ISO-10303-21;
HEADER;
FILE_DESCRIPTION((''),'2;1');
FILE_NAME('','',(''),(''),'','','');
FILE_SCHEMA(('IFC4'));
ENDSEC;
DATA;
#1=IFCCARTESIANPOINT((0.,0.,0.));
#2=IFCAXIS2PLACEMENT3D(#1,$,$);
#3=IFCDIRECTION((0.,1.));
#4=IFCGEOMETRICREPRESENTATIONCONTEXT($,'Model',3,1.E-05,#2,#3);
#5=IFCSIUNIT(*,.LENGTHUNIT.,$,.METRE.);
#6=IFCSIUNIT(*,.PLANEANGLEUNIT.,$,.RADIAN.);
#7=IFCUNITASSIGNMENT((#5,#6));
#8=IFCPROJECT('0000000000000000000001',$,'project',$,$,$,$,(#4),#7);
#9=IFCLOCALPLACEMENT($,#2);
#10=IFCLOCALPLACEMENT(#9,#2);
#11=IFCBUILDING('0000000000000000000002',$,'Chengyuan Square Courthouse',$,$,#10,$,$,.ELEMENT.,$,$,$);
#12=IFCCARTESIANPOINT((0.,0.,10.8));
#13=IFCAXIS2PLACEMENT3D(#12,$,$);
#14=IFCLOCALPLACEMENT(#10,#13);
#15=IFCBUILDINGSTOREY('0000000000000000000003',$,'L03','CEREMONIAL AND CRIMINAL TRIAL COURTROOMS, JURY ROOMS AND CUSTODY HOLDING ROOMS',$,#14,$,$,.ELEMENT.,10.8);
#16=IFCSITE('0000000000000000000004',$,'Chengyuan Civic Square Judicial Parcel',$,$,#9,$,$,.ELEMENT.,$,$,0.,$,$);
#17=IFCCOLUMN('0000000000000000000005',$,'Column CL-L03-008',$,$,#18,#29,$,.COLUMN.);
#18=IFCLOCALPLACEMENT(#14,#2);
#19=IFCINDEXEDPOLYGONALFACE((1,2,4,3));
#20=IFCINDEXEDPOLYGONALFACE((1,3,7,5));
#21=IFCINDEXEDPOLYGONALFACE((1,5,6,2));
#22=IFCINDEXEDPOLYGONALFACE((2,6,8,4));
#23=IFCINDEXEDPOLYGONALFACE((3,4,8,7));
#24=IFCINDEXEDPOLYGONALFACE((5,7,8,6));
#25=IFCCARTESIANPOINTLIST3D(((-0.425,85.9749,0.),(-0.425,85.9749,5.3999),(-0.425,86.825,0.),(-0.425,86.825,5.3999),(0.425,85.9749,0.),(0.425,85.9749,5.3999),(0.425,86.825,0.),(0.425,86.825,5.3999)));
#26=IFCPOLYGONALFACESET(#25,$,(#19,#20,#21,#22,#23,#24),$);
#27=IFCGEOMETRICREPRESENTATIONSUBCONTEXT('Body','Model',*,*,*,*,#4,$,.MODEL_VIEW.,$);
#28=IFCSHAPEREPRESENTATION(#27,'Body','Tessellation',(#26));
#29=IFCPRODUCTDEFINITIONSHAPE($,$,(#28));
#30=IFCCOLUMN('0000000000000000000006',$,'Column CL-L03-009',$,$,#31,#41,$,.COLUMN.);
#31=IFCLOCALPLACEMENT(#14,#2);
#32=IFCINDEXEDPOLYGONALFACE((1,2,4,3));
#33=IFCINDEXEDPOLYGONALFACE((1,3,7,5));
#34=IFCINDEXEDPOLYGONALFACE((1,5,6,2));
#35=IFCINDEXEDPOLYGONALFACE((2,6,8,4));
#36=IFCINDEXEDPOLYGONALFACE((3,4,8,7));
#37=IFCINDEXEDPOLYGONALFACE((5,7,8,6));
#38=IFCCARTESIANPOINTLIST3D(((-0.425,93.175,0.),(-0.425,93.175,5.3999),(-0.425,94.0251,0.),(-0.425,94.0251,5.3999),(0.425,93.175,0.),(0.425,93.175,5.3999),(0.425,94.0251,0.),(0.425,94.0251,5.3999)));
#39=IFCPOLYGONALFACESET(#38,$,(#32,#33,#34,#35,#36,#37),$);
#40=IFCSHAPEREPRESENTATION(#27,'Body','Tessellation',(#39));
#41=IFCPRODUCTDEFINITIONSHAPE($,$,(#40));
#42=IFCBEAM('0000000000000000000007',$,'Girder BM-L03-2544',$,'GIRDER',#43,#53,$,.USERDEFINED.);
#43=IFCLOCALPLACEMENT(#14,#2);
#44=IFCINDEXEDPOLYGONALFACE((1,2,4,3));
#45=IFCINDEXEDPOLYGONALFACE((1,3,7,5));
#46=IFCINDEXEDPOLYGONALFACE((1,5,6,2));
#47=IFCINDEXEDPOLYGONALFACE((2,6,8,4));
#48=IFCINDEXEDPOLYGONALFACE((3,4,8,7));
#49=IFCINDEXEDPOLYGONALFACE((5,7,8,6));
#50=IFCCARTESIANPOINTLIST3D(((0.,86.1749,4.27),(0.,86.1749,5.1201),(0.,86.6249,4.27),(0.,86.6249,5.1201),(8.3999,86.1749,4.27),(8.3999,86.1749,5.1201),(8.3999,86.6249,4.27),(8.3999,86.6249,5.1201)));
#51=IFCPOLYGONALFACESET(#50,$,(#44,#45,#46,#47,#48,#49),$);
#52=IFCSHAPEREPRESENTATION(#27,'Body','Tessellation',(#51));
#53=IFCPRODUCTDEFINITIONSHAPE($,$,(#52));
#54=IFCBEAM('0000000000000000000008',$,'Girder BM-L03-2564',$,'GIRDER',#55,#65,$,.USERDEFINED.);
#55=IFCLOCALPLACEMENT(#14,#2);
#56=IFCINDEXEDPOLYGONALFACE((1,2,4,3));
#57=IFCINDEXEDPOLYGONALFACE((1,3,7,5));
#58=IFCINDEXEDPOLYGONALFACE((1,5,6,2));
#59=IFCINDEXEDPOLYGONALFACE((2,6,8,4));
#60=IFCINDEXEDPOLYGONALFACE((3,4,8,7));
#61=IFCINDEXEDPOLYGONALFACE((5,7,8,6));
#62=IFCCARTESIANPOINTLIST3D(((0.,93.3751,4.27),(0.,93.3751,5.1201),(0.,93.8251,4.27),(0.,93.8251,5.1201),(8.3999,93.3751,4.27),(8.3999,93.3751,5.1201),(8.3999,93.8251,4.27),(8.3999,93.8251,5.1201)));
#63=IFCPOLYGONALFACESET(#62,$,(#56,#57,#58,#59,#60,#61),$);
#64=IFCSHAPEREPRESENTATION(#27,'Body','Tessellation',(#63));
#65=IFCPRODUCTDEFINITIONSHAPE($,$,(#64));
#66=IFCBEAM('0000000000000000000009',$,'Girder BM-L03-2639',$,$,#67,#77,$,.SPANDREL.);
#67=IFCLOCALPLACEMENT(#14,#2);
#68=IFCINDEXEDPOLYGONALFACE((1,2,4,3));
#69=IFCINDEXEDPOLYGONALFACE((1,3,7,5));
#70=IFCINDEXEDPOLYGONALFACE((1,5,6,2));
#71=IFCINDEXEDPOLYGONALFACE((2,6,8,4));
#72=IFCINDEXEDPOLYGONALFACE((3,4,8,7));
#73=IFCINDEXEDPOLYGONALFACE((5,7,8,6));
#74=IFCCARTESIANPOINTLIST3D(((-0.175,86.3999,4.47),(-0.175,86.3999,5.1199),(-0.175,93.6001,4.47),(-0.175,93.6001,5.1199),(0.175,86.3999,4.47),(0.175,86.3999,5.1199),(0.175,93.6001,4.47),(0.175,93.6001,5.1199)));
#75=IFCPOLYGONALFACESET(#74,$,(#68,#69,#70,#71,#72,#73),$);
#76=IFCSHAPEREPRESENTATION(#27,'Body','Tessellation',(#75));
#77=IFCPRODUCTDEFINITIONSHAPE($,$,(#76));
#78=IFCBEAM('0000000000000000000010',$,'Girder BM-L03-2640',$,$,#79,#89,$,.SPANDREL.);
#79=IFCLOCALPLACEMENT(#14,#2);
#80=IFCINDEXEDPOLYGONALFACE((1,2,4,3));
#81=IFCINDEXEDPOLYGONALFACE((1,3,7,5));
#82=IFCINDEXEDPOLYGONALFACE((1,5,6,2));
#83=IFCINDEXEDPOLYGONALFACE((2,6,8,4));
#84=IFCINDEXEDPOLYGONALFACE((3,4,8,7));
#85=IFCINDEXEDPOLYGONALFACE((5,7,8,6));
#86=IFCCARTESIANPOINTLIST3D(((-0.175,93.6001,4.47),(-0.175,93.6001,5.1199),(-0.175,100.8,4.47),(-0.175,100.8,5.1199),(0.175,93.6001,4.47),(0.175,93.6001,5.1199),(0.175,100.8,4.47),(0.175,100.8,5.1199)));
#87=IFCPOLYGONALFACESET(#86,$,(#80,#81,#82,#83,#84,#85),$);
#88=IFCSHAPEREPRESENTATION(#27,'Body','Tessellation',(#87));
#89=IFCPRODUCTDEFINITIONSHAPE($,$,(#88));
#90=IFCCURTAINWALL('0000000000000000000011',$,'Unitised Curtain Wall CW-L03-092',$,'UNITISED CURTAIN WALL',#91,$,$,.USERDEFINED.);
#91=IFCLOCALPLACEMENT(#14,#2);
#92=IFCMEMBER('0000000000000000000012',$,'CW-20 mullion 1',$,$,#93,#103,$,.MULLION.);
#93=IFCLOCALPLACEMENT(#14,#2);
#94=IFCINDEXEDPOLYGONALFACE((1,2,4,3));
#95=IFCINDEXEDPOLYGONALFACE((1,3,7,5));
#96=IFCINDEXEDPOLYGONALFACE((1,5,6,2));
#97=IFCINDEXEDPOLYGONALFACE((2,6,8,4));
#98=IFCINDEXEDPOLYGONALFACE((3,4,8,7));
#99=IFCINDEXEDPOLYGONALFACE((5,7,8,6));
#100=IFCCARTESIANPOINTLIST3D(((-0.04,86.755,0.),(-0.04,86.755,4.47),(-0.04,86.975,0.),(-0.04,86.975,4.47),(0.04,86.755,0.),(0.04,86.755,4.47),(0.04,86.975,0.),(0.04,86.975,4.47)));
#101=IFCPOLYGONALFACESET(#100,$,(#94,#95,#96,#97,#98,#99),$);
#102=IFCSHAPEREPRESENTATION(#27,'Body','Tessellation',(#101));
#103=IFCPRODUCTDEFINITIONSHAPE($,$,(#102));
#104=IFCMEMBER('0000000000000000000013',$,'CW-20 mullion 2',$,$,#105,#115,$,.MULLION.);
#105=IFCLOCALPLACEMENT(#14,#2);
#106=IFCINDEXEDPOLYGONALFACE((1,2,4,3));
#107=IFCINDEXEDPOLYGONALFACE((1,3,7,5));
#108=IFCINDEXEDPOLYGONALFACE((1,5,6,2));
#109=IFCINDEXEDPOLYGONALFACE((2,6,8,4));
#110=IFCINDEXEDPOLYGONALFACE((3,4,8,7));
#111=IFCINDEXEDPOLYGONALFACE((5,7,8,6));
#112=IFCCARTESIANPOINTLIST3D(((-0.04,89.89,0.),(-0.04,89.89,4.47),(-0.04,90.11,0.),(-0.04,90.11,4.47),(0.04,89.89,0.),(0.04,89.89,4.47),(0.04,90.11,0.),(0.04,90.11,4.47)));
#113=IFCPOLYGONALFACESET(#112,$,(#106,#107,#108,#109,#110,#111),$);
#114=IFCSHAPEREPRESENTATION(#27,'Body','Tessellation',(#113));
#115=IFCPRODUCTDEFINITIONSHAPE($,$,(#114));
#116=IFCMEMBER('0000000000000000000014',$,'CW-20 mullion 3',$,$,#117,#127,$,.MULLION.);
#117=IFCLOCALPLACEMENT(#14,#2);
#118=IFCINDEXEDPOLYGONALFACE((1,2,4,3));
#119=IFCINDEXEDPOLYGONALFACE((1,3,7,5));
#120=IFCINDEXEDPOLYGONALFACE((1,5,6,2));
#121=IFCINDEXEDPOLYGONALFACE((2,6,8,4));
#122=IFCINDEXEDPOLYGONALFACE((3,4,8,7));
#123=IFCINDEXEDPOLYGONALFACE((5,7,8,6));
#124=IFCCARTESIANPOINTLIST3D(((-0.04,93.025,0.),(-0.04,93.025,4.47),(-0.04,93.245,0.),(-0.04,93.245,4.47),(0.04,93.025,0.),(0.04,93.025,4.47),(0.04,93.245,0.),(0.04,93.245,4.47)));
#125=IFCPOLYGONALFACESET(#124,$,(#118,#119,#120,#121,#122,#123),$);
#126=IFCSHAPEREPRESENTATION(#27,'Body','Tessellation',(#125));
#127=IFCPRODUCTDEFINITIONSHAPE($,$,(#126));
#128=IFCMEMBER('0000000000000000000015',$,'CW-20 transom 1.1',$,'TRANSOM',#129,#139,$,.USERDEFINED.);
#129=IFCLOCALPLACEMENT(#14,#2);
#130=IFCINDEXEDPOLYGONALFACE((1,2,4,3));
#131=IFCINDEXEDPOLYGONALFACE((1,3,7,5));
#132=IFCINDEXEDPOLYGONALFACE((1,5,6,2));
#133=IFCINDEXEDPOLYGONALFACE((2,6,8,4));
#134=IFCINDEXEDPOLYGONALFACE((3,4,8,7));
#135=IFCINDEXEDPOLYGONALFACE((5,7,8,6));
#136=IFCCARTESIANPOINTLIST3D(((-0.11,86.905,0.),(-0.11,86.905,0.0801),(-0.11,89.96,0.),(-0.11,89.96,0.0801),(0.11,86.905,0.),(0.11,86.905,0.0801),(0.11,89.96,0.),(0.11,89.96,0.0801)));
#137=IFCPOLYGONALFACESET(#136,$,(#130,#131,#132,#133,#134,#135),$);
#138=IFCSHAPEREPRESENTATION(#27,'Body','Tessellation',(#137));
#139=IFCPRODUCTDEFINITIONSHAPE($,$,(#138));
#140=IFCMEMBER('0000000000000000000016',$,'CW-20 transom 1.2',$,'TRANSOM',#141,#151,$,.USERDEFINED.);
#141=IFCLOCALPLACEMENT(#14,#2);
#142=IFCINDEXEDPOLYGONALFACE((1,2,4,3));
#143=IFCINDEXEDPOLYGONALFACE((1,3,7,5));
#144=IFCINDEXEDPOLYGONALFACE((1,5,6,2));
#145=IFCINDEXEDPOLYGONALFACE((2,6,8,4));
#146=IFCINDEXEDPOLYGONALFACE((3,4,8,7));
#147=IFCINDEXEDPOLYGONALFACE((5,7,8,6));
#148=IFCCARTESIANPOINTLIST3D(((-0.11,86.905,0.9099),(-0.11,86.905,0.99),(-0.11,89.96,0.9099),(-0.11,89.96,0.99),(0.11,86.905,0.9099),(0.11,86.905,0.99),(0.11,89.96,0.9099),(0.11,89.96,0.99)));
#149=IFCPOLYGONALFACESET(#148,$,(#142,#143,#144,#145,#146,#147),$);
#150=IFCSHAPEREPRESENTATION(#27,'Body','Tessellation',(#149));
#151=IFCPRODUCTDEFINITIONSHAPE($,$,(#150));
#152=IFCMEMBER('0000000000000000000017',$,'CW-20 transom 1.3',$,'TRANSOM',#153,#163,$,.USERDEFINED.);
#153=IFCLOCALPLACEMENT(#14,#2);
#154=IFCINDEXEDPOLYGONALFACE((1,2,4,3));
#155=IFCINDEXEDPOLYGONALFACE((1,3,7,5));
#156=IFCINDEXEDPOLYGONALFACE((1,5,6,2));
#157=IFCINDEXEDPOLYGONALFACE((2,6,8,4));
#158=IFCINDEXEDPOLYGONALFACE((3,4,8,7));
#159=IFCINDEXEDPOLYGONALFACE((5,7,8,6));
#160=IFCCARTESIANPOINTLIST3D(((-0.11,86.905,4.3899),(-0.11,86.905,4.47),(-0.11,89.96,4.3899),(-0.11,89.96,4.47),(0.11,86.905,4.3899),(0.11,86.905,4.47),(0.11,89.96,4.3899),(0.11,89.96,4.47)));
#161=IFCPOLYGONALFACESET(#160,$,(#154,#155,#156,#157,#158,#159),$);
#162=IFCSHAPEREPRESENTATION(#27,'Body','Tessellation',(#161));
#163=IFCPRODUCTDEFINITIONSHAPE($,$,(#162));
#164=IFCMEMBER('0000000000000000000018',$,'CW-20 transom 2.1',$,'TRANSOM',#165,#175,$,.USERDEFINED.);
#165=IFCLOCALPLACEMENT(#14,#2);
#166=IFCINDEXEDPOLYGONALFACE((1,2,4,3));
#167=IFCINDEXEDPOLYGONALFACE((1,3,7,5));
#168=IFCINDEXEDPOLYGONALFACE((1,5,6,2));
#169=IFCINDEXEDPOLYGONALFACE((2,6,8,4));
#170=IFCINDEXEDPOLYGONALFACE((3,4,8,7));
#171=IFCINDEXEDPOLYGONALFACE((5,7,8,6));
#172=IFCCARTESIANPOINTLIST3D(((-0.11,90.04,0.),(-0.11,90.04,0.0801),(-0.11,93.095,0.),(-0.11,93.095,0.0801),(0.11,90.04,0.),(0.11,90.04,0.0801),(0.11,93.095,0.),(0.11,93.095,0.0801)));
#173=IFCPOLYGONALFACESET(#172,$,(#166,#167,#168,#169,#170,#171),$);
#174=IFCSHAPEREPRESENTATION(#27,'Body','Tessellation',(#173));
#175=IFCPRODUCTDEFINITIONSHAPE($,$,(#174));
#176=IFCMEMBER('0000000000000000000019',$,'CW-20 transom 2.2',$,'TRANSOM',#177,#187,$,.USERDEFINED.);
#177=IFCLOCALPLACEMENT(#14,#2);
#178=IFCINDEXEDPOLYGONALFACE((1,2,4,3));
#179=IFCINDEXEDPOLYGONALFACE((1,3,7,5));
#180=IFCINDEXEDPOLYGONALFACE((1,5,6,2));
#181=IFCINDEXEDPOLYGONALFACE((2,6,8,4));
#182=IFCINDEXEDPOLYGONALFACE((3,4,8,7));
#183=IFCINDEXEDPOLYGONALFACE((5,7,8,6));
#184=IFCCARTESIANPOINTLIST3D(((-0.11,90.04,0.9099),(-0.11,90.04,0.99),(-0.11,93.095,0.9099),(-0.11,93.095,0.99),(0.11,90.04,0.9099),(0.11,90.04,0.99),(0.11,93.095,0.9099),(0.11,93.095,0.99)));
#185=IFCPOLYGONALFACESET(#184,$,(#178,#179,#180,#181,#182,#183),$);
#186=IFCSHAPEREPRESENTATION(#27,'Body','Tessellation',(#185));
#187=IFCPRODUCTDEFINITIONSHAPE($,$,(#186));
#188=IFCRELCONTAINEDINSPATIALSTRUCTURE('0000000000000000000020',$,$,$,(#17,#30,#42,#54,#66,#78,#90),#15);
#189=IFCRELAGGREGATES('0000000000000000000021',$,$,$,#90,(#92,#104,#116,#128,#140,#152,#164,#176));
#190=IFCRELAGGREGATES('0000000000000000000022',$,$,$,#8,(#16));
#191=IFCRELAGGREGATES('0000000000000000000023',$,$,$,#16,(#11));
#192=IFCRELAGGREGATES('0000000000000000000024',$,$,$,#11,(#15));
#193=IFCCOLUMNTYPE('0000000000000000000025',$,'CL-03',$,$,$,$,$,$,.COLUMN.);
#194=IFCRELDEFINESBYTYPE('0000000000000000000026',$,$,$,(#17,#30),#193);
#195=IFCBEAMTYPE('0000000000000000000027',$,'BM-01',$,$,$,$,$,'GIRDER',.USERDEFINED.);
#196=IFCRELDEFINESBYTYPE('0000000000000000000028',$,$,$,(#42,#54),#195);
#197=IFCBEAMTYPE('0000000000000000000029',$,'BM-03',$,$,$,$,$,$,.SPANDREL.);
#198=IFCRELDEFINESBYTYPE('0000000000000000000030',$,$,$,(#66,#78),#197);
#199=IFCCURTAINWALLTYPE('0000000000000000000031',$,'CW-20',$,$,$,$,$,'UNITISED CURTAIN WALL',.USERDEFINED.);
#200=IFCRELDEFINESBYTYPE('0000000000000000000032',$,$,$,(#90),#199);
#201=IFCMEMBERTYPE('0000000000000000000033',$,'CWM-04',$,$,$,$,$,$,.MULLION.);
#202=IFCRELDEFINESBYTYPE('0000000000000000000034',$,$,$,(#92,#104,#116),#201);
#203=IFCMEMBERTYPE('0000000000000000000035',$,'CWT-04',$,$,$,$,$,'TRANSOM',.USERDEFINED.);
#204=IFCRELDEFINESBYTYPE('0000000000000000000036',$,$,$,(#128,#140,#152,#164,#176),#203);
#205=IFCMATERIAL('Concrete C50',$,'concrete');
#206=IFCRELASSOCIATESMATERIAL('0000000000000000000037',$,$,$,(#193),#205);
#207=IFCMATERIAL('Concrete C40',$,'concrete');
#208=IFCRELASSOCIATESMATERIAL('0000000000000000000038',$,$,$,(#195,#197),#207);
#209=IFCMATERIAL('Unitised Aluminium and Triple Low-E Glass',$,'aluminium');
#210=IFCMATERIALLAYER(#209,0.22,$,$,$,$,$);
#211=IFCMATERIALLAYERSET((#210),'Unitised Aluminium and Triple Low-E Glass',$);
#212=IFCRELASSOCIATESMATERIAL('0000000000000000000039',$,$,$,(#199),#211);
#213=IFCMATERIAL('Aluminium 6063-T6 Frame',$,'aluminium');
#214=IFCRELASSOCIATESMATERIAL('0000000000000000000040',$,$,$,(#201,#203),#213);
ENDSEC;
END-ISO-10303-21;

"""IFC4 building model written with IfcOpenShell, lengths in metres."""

from ifc_helpers import new_model, si_unit, direction, frame, origin, origin_2d, place, context, subcontext, project, spatial, rectangle, extrude, material, layer, layer_set, material_profile, profile_set, type_object, element, aggregate, save


model = new_model("IFC4")

# Units and contexts
model_context = context("Model", 3, precision=1e-05, world=origin(), true_north=direction((0.0, 1.0)))
body_context = subcontext(model_context, "Body", "Model", "MODEL_VIEW")
ifc_project = project(units=[si_unit("LENGTHUNIT", "METRE"), si_unit("PLANEANGLEUNIT", "RADIAN")], contexts=[model_context])

# Site, building, storey
site_placement = place(None, origin())
site = spatial("IfcSite", under=ifc_project, at=site_placement, Name="Chengyuan Civic Square Judicial Parcel", CompositionType="ELEMENT", RefElevation=0.0)
building_placement = place(site_placement, origin())
building = spatial("IfcBuilding", under=site, at=building_placement, Name="Chengyuan Square Courthouse", CompositionType="ELEMENT")
storey_placement = place(building_placement, frame((0.0, 0.0, 10.8)))
storey = spatial("IfcBuildingStorey", under=building, at=storey_placement, Name="L03", Description="CEREMONIAL AND CRIMINAL TRIAL COURTROOMS, JURY ROOMS AND CUSTODY HOLDING ROOMS", CompositionType="ELEMENT", Elevation=10.8)

# Columns
ifc_material_1 = material(Name="Concrete C50", Category="concrete")
ifc_material_profile_1 = material_profile(ifc_material_1, rectangle(XDim=0.8501, YDim=0.8501, at=origin_2d()), Name="RC-COL-850x850")
ifc_profile_set_1 = profile_set([ifc_material_profile_1], Name="Concrete C50")
column_type = type_object("IfcColumnType", Name="CL-03", PredefinedType="COLUMN", material=ifc_profile_set_1)
for number, where, z_axis, x_axis, name in (
    (1, (0.0, 86.3999, 0.0), (0.0, 0.0, 1.0), (1.0, 0.0, 0.0), "Column CL-L03-008"),
    (2, (0.0, 93.6001, 0.0), (0.0, 0.0, 1.0), (1.0, 0.0, 0.0), "Column CL-L03-009"),
):
    element("IfcColumn", number, at=place(storey_placement, frame(where, z_axis=z_axis, x_axis=x_axis)), inside=storey, type_object=column_type, Name=name, PredefinedType="COLUMN", context=body_context, shape_type="SweptSolid", body=[
        extrude(rectangle(XDim=0.8501, YDim=0.8501, at=origin_2d()), origin(), (0.0, 0.0, 1.0), 5.3999),
    ])

# Beams
ifc_material_2 = material(Name="Concrete C40", Category="concrete")
ifc_material_profile_2 = material_profile(ifc_material_2, rectangle(XDim=0.45, YDim=0.8501, at=origin_2d()), Name="RC-BM-450x850")
ifc_profile_set_2 = profile_set([ifc_material_profile_2], Name="Concrete C40")
beam_type_1 = type_object("IfcBeamType", Name="BM-01", ElementType="GIRDER", PredefinedType="USERDEFINED", material=ifc_profile_set_2)
for number, where, z_axis, x_axis, name in (
    (3, (0.0, 86.3999, 4.6951), (1.0, 0.0, 0.0), (0.0, 1.0, 0.0), "Girder BM-L03-2544"),
    (4, (0.0, 93.6001, 4.6951), (1.0, 0.0, 0.0), (0.0, 1.0, 0.0), "Girder BM-L03-2564"),
):
    element("IfcBeam", number, at=place(storey_placement, frame(where, z_axis=z_axis, x_axis=x_axis)), inside=storey, type_object=beam_type_1, Name=name, ObjectType="GIRDER", PredefinedType="USERDEFINED", context=body_context, shape_type="SweptSolid", body=[
        extrude(rectangle(XDim=0.45, YDim=0.8501, at=origin_2d()), origin(), (0.0, 0.0, 1.0), 8.3999),
    ])
ifc_material_profile_3 = material_profile(ifc_material_2, rectangle(XDim=0.3501, YDim=0.6499, at=origin_2d()), Name="RC-BM-350x650")
ifc_profile_set_3 = profile_set([ifc_material_profile_3], Name="Concrete C40")
beam_type_2 = type_object("IfcBeamType", Name="BM-03", PredefinedType="SPANDREL", material=ifc_profile_set_3)
beam_1_placement = place(storey_placement, frame((0.0, 86.3999, 4.7949), z_axis=(0.0, 1.0, 0.0), x_axis=(-1.0, 0.0, 0.0)))
element("IfcBeam", 5, at=beam_1_placement, inside=storey, type_object=beam_type_2, Name="Girder BM-L03-2639", PredefinedType="SPANDREL", context=body_context, shape_type="SweptSolid", body=[
    extrude(rectangle(XDim=0.3501, YDim=0.6499, at=origin_2d()), origin(), (0.0, 0.0, 1.0), 7.2002),
])
beam_2_placement = place(storey_placement, frame((0.0, 93.6001, 4.7949), z_axis=(0.0, 1.0, 0.0), x_axis=(-1.0, 0.0, 0.0)))
element("IfcBeam", 6, at=beam_2_placement, inside=storey, type_object=beam_type_2, Name="Girder BM-L03-2640", PredefinedType="SPANDREL", context=body_context, shape_type="SweptSolid", body=[
    extrude(rectangle(XDim=0.3501, YDim=0.6499, at=origin_2d()), origin(), (0.0, 0.0, 1.0), 7.2),
])

# Curtain wall, members
ifc_material_3 = material(Name="Unitised Aluminium and Triple Low-E Glass", Category="aluminium")
ifc_layer_1 = layer(ifc_material_3, 0.22)
ifc_layer_set_1 = layer_set([ifc_layer_1], Name="Unitised Aluminium and Triple Low-E Glass")
curtain_wall_type = type_object("IfcCurtainWallType", Name="CW-20", ElementType="UNITISED CURTAIN WALL", PredefinedType="USERDEFINED", material=ifc_layer_set_1)
curtain_wall_placement = place(storey_placement, origin())
curtain_wall = element("IfcCurtainWall", 7, at=curtain_wall_placement, inside=storey, type_object=curtain_wall_type, Name="Unitised Curtain Wall CW-L03-092", ObjectType="UNITISED CURTAIN WALL", PredefinedType="USERDEFINED")
ifc_material_4 = material(Name="Aluminium 6063-T6 Frame", Category="aluminium")
ifc_material_profile_4 = material_profile(ifc_material_4, rectangle(XDim=0.0801, YDim=0.22, at=origin_2d()), Name="CW-MUL-80x220")
ifc_profile_set_4 = profile_set([ifc_material_profile_4], Name="Aluminium 6063-T6 Frame")
member_type_1 = type_object("IfcMemberType", Name="CWM-04", PredefinedType="MULLION", material=ifc_profile_set_4)
member_1_placement = place(storey_placement, frame((0.0, 86.865, 0.0), z_axis=(0.0, 0.0, 1.0), x_axis=(-1.0, 0.0, 0.0)))
member_1 = element("IfcMember", 8, at=member_1_placement, type_object=member_type_1, Name="CW-20 mullion 1", PredefinedType="MULLION", context=body_context, shape_type="SweptSolid", body=[
    extrude(rectangle(XDim=0.0801, YDim=0.22, at=origin_2d()), origin(), (0.0, 0.0, 1.0), 4.47),
])
member_2_placement = place(storey_placement, frame((0.0, 90.0, 0.0), z_axis=(0.0, 0.0, 1.0), x_axis=(-1.0, 0.0, 0.0)))
member_2 = element("IfcMember", 9, at=member_2_placement, type_object=member_type_1, Name="CW-20 mullion 2", PredefinedType="MULLION", context=body_context, shape_type="SweptSolid", body=[
    extrude(rectangle(XDim=0.0801, YDim=0.22, at=origin_2d()), origin(), (0.0, 0.0, 1.0), 4.47),
])
member_3_placement = place(storey_placement, frame((0.0, 93.135, 0.0), z_axis=(0.0, 0.0, 1.0), x_axis=(-1.0, 0.0, 0.0)))
member_3 = element("IfcMember", 10, at=member_3_placement, type_object=member_type_1, Name="CW-20 mullion 3", PredefinedType="MULLION", context=body_context, shape_type="SweptSolid", body=[
    extrude(rectangle(XDim=0.0801, YDim=0.22, at=origin_2d()), origin(), (0.0, 0.0, 1.0), 4.47),
])
ifc_material_profile_5 = material_profile(ifc_material_4, rectangle(XDim=0.22, YDim=0.0801, at=origin_2d()), Name="CW-TRN-80x180")
ifc_profile_set_5 = profile_set([ifc_material_profile_5], Name="Aluminium 6063-T6 Frame")
member_type_2 = type_object("IfcMemberType", Name="CWT-04", ElementType="TRANSOM", PredefinedType="USERDEFINED", material=ifc_profile_set_5)
member_4_placement = place(storey_placement, frame((0.0, 86.905, 0.04), z_axis=(0.0, 1.0, 0.0), x_axis=(-1.0, 0.0, 0.0)))
member_4 = element("IfcMember", 11, at=member_4_placement, type_object=member_type_2, Name="CW-20 transom 1.1", ObjectType="TRANSOM", PredefinedType="USERDEFINED", context=body_context, shape_type="SweptSolid", body=[
    extrude(rectangle(XDim=0.22, YDim=0.0801, at=origin_2d()), origin(), (0.0, 0.0, 1.0), 3.0549),
])
member_5_placement = place(storey_placement, frame((0.0, 86.905, 0.95), z_axis=(0.0, 1.0, 0.0), x_axis=(-1.0, 0.0, 0.0)))
member_5 = element("IfcMember", 12, at=member_5_placement, type_object=member_type_2, Name="CW-20 transom 1.2", ObjectType="TRANSOM", PredefinedType="USERDEFINED", context=body_context, shape_type="SweptSolid", body=[
    extrude(rectangle(XDim=0.22, YDim=0.0801, at=origin_2d()), origin(), (0.0, 0.0, 1.0), 3.0549),
])
member_6_placement = place(storey_placement, frame((0.0, 86.905, 4.4299), z_axis=(0.0, 1.0, 0.0), x_axis=(-1.0, 0.0, 0.0)))
member_6 = element("IfcMember", 13, at=member_6_placement, type_object=member_type_2, Name="CW-20 transom 1.3", ObjectType="TRANSOM", PredefinedType="USERDEFINED", context=body_context, shape_type="SweptSolid", body=[
    extrude(rectangle(XDim=0.22, YDim=0.0801, at=origin_2d()), origin(), (0.0, 0.0, 1.0), 3.0549),
])
member_7_placement = place(storey_placement, frame((0.0, 90.04, 0.04), z_axis=(0.0, 1.0, 0.0), x_axis=(-1.0, 0.0, 0.0)))
member_7 = element("IfcMember", 14, at=member_7_placement, type_object=member_type_2, Name="CW-20 transom 2.1", ObjectType="TRANSOM", PredefinedType="USERDEFINED", context=body_context, shape_type="SweptSolid", body=[
    extrude(rectangle(XDim=0.22, YDim=0.0801, at=origin_2d()), origin(), (0.0, 0.0, 1.0), 3.0549),
])
member_8_placement = place(storey_placement, frame((0.0, 90.04, 0.95), z_axis=(0.0, 1.0, 0.0), x_axis=(-1.0, 0.0, 0.0)))
member_8 = element("IfcMember", 15, at=member_8_placement, type_object=member_type_2, Name="CW-20 transom 2.2", ObjectType="TRANSOM", PredefinedType="USERDEFINED", context=body_context, shape_type="SweptSolid", body=[
    extrude(rectangle(XDim=0.22, YDim=0.0801, at=origin_2d()), origin(), (0.0, 0.0, 1.0), 3.0549),
])
aggregate(curtain_wall, [member_1, member_2, member_3, member_4, member_5, member_6, member_7, member_8])

save(model, "model.ifc")
